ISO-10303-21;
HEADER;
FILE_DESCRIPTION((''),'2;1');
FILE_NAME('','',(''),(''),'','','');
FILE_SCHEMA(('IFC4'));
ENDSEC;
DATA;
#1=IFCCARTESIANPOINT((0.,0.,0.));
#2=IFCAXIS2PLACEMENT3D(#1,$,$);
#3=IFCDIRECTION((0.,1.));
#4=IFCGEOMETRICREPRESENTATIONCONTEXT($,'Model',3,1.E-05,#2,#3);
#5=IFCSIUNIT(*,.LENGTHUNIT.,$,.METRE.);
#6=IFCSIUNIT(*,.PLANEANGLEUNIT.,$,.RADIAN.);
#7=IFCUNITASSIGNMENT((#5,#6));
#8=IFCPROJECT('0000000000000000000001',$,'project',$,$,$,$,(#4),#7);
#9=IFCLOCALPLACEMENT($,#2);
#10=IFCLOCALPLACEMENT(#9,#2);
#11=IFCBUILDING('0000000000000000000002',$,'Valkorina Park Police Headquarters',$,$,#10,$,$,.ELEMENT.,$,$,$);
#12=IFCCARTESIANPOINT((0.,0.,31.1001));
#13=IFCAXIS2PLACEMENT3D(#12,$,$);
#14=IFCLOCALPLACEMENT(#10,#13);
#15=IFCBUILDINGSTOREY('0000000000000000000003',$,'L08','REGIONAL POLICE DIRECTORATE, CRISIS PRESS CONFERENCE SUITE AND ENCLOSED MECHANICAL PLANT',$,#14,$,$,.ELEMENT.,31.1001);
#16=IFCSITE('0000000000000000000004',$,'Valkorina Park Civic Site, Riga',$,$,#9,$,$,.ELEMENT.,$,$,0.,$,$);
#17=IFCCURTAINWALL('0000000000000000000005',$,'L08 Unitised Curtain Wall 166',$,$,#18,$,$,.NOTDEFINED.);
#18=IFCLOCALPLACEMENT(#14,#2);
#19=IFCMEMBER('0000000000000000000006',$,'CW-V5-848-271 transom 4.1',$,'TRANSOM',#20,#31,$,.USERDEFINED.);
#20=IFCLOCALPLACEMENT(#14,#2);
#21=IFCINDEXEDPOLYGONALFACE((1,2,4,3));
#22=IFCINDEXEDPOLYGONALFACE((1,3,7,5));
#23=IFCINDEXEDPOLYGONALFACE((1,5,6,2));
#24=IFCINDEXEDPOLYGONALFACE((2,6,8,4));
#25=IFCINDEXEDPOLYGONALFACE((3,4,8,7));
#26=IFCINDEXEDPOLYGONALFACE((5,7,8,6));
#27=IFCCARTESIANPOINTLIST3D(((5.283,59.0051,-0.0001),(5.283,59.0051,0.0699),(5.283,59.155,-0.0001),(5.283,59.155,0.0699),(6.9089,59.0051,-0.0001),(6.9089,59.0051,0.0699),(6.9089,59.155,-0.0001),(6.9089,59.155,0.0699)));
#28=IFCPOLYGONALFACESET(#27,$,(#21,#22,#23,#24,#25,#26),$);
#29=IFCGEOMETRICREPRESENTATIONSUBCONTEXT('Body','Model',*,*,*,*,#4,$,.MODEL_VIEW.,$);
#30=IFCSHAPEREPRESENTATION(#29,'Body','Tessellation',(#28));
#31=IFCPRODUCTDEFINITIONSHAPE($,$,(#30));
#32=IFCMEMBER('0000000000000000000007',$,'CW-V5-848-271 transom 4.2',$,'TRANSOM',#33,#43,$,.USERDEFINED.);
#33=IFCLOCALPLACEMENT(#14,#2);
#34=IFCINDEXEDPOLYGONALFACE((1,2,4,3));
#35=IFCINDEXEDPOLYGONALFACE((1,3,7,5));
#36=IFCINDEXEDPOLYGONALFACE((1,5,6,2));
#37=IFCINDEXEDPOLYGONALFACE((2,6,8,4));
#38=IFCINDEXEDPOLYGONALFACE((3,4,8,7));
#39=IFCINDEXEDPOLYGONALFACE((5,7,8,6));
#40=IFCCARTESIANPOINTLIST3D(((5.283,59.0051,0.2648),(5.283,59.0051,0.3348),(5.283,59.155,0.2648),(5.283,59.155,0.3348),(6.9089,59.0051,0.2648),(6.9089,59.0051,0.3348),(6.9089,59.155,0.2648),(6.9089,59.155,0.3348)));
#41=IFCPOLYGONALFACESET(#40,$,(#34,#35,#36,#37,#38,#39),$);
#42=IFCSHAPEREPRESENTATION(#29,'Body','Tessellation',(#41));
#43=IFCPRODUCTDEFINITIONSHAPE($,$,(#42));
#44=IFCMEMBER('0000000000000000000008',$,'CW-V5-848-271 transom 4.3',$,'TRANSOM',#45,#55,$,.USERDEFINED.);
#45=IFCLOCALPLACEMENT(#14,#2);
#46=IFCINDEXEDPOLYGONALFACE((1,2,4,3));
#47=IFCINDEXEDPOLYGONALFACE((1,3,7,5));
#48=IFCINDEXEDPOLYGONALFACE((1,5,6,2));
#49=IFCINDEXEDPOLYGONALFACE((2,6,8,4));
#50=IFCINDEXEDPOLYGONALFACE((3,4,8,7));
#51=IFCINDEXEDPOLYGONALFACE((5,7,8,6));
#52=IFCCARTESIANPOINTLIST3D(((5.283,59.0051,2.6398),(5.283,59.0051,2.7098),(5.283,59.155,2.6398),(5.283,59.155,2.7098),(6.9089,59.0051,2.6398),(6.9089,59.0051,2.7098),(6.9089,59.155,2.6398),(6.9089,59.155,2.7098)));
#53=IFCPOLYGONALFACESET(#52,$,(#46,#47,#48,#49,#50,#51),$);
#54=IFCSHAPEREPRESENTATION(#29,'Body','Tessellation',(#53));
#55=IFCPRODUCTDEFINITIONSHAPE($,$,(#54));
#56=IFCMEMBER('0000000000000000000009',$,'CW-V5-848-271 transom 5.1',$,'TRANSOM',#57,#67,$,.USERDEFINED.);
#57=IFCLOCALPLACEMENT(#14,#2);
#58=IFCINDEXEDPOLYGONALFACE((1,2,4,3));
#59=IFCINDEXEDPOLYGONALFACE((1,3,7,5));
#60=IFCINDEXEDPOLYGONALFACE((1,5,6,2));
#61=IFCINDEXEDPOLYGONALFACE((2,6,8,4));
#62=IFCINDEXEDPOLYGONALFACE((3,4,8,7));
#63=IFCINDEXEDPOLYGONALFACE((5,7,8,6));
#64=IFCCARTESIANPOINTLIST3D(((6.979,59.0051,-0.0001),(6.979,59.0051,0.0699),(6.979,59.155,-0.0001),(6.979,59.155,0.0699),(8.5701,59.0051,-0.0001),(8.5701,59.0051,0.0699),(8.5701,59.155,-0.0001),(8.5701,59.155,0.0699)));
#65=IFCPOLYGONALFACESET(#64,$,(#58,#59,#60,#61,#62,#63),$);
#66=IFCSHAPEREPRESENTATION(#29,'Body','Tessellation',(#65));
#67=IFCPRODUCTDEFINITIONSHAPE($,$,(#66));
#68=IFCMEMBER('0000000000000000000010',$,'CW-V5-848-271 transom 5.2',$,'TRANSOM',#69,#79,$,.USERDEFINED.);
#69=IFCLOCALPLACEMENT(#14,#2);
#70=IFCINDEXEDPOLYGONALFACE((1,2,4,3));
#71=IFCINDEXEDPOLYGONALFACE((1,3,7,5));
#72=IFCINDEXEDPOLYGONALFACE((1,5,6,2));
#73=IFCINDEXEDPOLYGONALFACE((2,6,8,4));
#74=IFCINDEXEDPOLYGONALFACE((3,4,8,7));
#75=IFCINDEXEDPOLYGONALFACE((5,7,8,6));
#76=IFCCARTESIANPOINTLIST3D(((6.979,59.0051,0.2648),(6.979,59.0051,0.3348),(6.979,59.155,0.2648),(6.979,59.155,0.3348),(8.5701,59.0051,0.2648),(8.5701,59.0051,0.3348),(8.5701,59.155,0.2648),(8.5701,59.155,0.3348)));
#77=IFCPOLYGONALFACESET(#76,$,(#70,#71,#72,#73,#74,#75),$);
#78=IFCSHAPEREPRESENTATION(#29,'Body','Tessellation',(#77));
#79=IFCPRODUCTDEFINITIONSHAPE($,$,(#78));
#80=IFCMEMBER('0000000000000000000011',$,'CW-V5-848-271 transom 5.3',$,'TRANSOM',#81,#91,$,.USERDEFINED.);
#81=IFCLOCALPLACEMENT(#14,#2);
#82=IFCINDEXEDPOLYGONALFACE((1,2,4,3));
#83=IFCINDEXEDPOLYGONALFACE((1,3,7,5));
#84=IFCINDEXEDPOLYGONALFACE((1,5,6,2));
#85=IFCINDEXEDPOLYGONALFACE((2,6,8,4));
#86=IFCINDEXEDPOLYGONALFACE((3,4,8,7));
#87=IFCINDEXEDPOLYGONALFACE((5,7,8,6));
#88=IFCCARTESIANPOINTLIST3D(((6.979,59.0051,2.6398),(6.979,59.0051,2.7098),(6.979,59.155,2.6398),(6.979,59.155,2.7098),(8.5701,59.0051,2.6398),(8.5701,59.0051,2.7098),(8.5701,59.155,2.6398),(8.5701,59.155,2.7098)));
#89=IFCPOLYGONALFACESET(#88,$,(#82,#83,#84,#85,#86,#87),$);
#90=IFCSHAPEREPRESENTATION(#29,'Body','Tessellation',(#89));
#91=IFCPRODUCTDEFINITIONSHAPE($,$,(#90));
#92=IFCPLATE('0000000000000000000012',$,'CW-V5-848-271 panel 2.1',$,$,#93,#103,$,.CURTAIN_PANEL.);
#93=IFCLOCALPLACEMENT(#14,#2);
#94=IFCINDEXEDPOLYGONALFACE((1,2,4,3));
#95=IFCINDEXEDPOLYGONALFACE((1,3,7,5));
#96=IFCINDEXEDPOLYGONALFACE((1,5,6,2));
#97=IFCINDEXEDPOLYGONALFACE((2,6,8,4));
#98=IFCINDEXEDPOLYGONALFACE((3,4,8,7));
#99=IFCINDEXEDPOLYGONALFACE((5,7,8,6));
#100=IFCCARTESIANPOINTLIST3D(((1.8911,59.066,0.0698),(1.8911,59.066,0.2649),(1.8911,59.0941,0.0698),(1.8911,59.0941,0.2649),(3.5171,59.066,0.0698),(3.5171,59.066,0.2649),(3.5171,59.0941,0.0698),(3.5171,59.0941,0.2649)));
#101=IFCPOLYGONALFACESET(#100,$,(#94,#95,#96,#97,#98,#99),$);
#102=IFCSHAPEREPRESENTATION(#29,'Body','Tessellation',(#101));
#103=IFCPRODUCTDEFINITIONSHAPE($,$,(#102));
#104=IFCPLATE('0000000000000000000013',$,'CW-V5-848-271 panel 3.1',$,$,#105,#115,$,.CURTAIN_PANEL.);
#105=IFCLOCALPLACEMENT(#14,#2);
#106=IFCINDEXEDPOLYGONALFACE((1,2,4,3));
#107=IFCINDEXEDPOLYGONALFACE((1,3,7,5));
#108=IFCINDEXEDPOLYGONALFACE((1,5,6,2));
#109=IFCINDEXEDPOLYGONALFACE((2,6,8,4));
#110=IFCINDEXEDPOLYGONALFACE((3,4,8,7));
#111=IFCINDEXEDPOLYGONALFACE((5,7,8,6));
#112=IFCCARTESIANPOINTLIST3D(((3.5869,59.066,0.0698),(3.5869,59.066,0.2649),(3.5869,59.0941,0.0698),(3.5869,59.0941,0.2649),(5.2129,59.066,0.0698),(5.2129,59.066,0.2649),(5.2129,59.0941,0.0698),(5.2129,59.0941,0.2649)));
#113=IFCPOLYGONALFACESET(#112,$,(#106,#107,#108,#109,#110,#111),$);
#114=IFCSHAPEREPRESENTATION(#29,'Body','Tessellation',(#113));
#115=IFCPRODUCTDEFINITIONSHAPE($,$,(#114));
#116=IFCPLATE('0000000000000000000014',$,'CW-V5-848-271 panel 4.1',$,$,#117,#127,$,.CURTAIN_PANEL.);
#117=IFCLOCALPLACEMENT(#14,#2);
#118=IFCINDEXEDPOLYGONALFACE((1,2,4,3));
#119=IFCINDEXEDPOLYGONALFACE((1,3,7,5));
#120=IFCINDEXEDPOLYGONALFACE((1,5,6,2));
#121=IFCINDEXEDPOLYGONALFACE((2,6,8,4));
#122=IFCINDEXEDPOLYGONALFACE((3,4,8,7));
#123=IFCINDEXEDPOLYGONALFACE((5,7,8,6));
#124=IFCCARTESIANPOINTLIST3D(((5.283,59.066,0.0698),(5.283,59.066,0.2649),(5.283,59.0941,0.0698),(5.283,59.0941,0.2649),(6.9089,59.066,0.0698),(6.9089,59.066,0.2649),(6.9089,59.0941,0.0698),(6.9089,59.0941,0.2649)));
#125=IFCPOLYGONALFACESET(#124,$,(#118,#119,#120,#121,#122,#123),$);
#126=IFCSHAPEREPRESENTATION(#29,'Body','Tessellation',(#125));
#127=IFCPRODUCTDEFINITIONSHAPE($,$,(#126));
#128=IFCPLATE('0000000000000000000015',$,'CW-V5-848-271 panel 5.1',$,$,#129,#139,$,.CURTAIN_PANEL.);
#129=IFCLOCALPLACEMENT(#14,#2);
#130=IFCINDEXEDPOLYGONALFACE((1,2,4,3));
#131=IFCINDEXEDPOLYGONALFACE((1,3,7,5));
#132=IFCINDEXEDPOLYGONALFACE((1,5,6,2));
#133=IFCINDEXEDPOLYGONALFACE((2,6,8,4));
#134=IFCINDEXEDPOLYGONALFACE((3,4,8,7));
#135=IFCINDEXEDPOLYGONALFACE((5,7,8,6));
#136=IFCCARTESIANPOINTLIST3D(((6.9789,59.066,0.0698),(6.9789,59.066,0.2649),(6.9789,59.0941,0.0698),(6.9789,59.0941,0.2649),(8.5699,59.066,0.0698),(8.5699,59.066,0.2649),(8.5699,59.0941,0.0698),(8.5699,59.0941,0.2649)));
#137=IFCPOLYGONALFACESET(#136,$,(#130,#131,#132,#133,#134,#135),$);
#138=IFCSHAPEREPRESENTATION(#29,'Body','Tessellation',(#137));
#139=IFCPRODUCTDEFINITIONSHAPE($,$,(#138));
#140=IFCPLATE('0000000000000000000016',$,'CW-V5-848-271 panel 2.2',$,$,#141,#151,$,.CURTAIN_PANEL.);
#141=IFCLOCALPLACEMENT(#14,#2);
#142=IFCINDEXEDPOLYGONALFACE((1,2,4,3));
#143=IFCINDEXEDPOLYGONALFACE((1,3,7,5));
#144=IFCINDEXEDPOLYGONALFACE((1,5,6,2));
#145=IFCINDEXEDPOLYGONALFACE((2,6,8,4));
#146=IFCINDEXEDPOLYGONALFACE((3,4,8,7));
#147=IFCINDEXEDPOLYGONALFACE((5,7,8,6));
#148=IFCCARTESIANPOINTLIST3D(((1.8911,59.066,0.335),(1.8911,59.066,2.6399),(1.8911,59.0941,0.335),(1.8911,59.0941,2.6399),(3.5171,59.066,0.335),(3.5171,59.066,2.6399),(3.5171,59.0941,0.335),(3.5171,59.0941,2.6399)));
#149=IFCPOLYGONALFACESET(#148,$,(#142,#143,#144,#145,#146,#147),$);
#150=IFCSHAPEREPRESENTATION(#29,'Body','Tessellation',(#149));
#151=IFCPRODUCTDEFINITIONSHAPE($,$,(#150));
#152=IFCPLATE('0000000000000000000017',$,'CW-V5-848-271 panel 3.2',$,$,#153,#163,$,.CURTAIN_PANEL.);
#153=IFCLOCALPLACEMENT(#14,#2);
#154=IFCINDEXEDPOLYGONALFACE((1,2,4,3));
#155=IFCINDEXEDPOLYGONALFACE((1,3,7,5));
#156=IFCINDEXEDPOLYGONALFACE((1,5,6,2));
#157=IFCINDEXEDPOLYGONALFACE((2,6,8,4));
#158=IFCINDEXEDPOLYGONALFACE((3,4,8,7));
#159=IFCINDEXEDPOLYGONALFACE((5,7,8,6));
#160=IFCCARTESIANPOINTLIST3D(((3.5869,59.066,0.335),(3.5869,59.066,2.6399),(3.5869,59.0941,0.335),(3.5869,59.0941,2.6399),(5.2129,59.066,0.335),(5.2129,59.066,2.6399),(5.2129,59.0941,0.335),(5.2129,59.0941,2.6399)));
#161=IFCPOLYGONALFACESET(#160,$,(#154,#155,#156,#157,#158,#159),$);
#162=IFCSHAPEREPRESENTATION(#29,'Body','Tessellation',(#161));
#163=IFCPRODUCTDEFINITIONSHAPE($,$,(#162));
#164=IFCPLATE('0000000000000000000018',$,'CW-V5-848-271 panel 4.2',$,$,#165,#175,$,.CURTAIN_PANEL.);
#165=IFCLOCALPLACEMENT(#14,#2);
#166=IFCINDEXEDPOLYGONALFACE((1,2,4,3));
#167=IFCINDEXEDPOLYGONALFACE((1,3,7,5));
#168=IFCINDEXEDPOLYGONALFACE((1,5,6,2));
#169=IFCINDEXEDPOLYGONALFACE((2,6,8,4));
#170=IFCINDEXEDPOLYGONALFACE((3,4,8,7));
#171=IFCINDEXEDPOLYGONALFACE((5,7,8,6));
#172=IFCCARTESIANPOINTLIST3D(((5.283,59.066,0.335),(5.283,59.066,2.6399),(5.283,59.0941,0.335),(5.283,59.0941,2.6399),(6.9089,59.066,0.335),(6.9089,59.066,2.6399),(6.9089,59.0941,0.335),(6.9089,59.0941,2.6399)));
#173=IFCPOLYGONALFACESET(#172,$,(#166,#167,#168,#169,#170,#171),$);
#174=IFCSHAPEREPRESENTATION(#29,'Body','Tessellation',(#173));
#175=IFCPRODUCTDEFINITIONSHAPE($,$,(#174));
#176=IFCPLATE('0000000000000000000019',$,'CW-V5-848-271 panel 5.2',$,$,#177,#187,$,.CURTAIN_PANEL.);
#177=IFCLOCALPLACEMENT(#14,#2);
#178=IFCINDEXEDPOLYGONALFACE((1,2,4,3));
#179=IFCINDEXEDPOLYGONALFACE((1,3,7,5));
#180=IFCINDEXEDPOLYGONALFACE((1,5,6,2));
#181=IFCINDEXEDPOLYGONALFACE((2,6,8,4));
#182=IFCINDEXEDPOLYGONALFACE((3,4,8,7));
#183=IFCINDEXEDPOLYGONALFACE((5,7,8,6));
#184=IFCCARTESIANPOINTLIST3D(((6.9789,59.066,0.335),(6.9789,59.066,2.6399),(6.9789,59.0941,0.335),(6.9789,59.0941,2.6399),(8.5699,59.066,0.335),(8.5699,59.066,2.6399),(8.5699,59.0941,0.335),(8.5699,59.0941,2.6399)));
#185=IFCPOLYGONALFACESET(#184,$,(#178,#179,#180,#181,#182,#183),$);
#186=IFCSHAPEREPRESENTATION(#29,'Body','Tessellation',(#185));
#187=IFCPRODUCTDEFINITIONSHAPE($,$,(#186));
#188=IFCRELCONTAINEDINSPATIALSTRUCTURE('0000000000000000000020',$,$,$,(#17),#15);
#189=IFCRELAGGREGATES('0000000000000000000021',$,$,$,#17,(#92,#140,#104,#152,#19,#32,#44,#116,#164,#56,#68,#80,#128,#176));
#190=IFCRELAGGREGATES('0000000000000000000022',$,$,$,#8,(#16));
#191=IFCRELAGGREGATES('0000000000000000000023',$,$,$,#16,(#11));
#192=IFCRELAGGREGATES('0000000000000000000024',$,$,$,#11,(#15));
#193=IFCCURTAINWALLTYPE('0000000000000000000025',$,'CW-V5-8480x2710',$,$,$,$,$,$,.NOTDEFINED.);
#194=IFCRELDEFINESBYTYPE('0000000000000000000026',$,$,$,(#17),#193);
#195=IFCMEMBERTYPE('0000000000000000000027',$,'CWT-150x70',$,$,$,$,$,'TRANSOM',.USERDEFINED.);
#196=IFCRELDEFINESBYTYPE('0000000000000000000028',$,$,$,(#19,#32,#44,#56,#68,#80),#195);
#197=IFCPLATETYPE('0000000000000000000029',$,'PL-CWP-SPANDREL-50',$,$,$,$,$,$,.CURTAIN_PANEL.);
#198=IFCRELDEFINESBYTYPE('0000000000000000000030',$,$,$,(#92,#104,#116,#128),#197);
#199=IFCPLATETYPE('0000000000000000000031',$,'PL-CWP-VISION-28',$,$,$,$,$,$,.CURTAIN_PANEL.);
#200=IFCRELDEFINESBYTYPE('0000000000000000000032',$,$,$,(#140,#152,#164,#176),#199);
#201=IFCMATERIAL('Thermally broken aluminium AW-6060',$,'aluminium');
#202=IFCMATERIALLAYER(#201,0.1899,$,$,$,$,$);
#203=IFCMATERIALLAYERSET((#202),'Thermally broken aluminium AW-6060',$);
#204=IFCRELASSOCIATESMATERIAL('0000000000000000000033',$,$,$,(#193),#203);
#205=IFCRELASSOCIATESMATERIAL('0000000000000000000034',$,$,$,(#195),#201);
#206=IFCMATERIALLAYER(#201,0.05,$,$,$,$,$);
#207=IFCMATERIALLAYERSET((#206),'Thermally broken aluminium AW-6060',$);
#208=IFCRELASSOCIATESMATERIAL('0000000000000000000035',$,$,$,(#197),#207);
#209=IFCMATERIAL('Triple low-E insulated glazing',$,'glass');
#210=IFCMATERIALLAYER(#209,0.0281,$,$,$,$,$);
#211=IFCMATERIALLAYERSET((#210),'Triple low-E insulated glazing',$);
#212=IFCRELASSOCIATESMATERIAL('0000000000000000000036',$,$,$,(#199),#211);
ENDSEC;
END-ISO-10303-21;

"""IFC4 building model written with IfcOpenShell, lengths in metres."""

from ifc_helpers import new_model, si_unit, direction, frame, origin, origin_2d, place, context, subcontext, project, spatial, rectangle, extrude, material, layer, layer_set, material_profile, profile_set, type_object, element, aggregate, save


model = new_model("IFC4")

# Units and contexts
model_context = context("Model", 3, precision=1e-05, world=origin(), true_north=direction((0.0, 1.0)))
body_context = subcontext(model_context, "Body", "Model", "MODEL_VIEW")
ifc_project = project(units=[si_unit("LENGTHUNIT", "METRE"), si_unit("PLANEANGLEUNIT", "RADIAN")], contexts=[model_context])

# Site, building, storey
site_placement = place(None, origin())
site = spatial("IfcSite", under=ifc_project, at=site_placement, Name="Valkorina Park Civic Site, Riga", CompositionType="ELEMENT", RefElevation=0.0)
building_placement = place(site_placement, origin())
building = spatial("IfcBuilding", under=site, at=building_placement, Name="Valkorina Park Police Headquarters", CompositionType="ELEMENT")
storey_placement = place(building_placement, frame((0.0, 0.0, 31.1001)))
storey = spatial("IfcBuildingStorey", under=building, at=storey_placement, Name="L08", Description="REGIONAL POLICE DIRECTORATE, CRISIS PRESS CONFERENCE SUITE AND ENCLOSED MECHANICAL PLANT", CompositionType="ELEMENT", Elevation=31.1001)

# Curtain wall, members, plates
ifc_material_1 = material(Name="Thermally broken aluminium AW-6060", Category="aluminium")
ifc_layer_1 = layer(ifc_material_1, 0.1899)
ifc_layer_set_1 = layer_set([ifc_layer_1], Name="Thermally broken aluminium AW-6060")
curtain_wall_type = type_object("IfcCurtainWallType", Name="CW-V5-8480x2710", PredefinedType="NOTDEFINED", material=ifc_layer_set_1)
curtain_wall_placement = place(storey_placement, origin())
curtain_wall = element("IfcCurtainWall", 1, at=curtain_wall_placement, inside=storey, type_object=curtain_wall_type, Name="L08 Unitised Curtain Wall 166", PredefinedType="NOTDEFINED")
ifc_material_profile_1 = material_profile(ifc_material_1, rectangle(XDim=0.1499, YDim=0.0701, at=origin_2d()), Name="CWT-02 150x70")
ifc_profile_set_1 = profile_set([ifc_material_profile_1], Name="Thermally broken aluminium AW-6060")
member_type_1 = type_object("IfcMemberType", Name="CWT-150x70", ElementType="TRANSOM", PredefinedType="USERDEFINED", material=ifc_profile_set_1)
member_1_placement = place(storey_placement, frame((5.283, 59.0801, 0.0349), z_axis=(1.0, 0.0, 0.0), x_axis=(0.0, 1.0, 0.0)))
member_1 = element("IfcMember", 2, at=member_1_placement, type_object=member_type_1, Name="CW-V5-848-271 transom 4.1", ObjectType="TRANSOM", PredefinedType="USERDEFINED", context=body_context, shape_type="SweptSolid", body=[
    extrude(rectangle(XDim=0.1499, YDim=0.0701, at=origin_2d()), origin(), (0.0, 0.0, 1.0), 1.626),
])
member_2_placement = place(storey_placement, frame((5.283, 59.0801, 0.2998), z_axis=(1.0, 0.0, 0.0), x_axis=(0.0, 1.0, 0.0)))
member_2 = element("IfcMember", 3, at=member_2_placement, type_object=member_type_1, Name="CW-V5-848-271 transom 4.2", ObjectType="TRANSOM", PredefinedType="USERDEFINED", context=body_context, shape_type="SweptSolid", body=[
    extrude(rectangle(XDim=0.1499, YDim=0.0701, at=origin_2d()), origin(), (0.0, 0.0, 1.0), 1.626),
])
member_3_placement = place(storey_placement, frame((5.283, 59.0801, 2.6748), z_axis=(1.0, 0.0, 0.0), x_axis=(0.0, 1.0, 0.0)))
member_3 = element("IfcMember", 4, at=member_3_placement, type_object=member_type_1, Name="CW-V5-848-271 transom 4.3", ObjectType="TRANSOM", PredefinedType="USERDEFINED", context=body_context, shape_type="SweptSolid", body=[
    extrude(rectangle(XDim=0.1499, YDim=0.0701, at=origin_2d()), origin(), (0.0, 0.0, 1.0), 1.626),
])
member_4_placement = place(storey_placement, frame((6.979, 59.0801, 0.0349), z_axis=(1.0, 0.0, 0.0), x_axis=(0.0, 1.0, 0.0)))
member_4 = element("IfcMember", 5, at=member_4_placement, type_object=member_type_1, Name="CW-V5-848-271 transom 5.1", ObjectType="TRANSOM", PredefinedType="USERDEFINED", context=body_context, shape_type="SweptSolid", body=[
    extrude(rectangle(XDim=0.1499, YDim=0.0701, at=origin_2d()), origin(), (0.0, 0.0, 1.0), 1.5911),
])
member_5_placement = place(storey_placement, frame((6.979, 59.0801, 0.2998), z_axis=(1.0, 0.0, 0.0), x_axis=(0.0, 1.0, 0.0)))
member_5 = element("IfcMember", 6, at=member_5_placement, type_object=member_type_1, Name="CW-V5-848-271 transom 5.2", ObjectType="TRANSOM", PredefinedType="USERDEFINED", context=body_context, shape_type="SweptSolid", body=[
    extrude(rectangle(XDim=0.1499, YDim=0.0701, at=origin_2d()), origin(), (0.0, 0.0, 1.0), 1.5911),
])
member_6_placement = place(storey_placement, frame((6.979, 59.0801, 2.6748), z_axis=(1.0, 0.0, 0.0), x_axis=(0.0, 1.0, 0.0)))
member_6 = element("IfcMember", 7, at=member_6_placement, type_object=member_type_1, Name="CW-V5-848-271 transom 5.3", ObjectType="TRANSOM", PredefinedType="USERDEFINED", context=body_context, shape_type="SweptSolid", body=[
    extrude(rectangle(XDim=0.1499, YDim=0.0701, at=origin_2d()), origin(), (0.0, 0.0, 1.0), 1.5911),
])
ifc_layer_2 = layer(ifc_material_1, 0.05)
ifc_layer_set_2 = layer_set([ifc_layer_2], Name="Thermally broken aluminium AW-6060")
plate_type_1 = type_object("IfcPlateType", Name="PL-CWP-SPANDREL-50", PredefinedType="CURTAIN_PANEL", material=ifc_layer_set_2)
plate_1_placement = place(storey_placement, frame((2.7041, 59.0801, 0.0698), z_axis=(0.0, 0.0, 1.0), x_axis=(1.0, 0.0, 0.0)))
plate_1 = element("IfcPlate", 8, at=plate_1_placement, type_object=plate_type_1, Name="CW-V5-848-271 panel 2.1", PredefinedType="CURTAIN_PANEL", context=body_context, shape_type="SweptSolid", body=[
    extrude(rectangle(XDim=1.626, YDim=0.0281, at=origin_2d()), origin(), (0.0, 0.0, 1.0), 0.1951),
])
plate_2_placement = place(storey_placement, frame((4.3999, 59.0801, 0.0698), z_axis=(0.0, 0.0, 1.0), x_axis=(1.0, 0.0, 0.0)))
plate_2 = element("IfcPlate", 9, at=plate_2_placement, type_object=plate_type_1, Name="CW-V5-848-271 panel 3.1", PredefinedType="CURTAIN_PANEL", context=body_context, shape_type="SweptSolid", body=[
    extrude(rectangle(XDim=1.626, YDim=0.0281, at=origin_2d()), origin(), (0.0, 0.0, 1.0), 0.1951),
])
plate_3_placement = place(storey_placement, frame((6.0959, 59.0801, 0.0698), z_axis=(0.0, 0.0, 1.0), x_axis=(1.0, 0.0, 0.0)))
plate_3 = element("IfcPlate", 10, at=plate_3_placement, type_object=plate_type_1, Name="CW-V5-848-271 panel 4.1", PredefinedType="CURTAIN_PANEL", context=body_context, shape_type="SweptSolid", body=[
    extrude(rectangle(XDim=1.626, YDim=0.0281, at=origin_2d()), origin(), (0.0, 0.0, 1.0), 0.1951),
])
plate_4_placement = place(storey_placement, frame((7.7744, 59.0801, 0.0698), z_axis=(0.0, 0.0, 1.0), x_axis=(1.0, 0.0, 0.0)))
plate_4 = element("IfcPlate", 11, at=plate_4_placement, type_object=plate_type_1, Name="CW-V5-848-271 panel 5.1", PredefinedType="CURTAIN_PANEL", context=body_context, shape_type="SweptSolid", body=[
    extrude(rectangle(XDim=1.5911, YDim=0.0281, at=origin_2d()), origin(), (0.0, 0.0, 1.0), 0.1951),
])
ifc_material_2 = material(Name="Triple low-E insulated glazing", Category="glass")
ifc_layer_3 = layer(ifc_material_2, 0.0281)
ifc_layer_set_3 = layer_set([ifc_layer_3], Name="Triple low-E insulated glazing")
plate_type_2 = type_object("IfcPlateType", Name="PL-CWP-VISION-28", PredefinedType="CURTAIN_PANEL", material=ifc_layer_set_3)
plate_5_placement = place(storey_placement, frame((2.7041, 59.0801, 0.335), z_axis=(0.0, 0.0, 1.0), x_axis=(1.0, 0.0, 0.0)))
plate_5 = element("IfcPlate", 12, at=plate_5_placement, type_object=plate_type_2, Name="CW-V5-848-271 panel 2.2", PredefinedType="CURTAIN_PANEL", context=body_context, shape_type="SweptSolid", body=[
    extrude(rectangle(XDim=1.626, YDim=0.0281, at=origin_2d()), origin(), (0.0, 0.0, 1.0), 2.3049),
])
plate_6_placement = place(storey_placement, frame((4.3999, 59.0801, 0.335), z_axis=(0.0, 0.0, 1.0), x_axis=(1.0, 0.0, 0.0)))
plate_6 = element("IfcPlate", 13, at=plate_6_placement, type_object=plate_type_2, Name="CW-V5-848-271 panel 3.2", PredefinedType="CURTAIN_PANEL", context=body_context, shape_type="SweptSolid", body=[
    extrude(rectangle(XDim=1.626, YDim=0.0281, at=origin_2d()), origin(), (0.0, 0.0, 1.0), 2.3049),
])
plate_7_placement = place(storey_placement, frame((6.0959, 59.0801, 0.335), z_axis=(0.0, 0.0, 1.0), x_axis=(1.0, 0.0, 0.0)))
plate_7 = element("IfcPlate", 14, at=plate_7_placement, type_object=plate_type_2, Name="CW-V5-848-271 panel 4.2", PredefinedType="CURTAIN_PANEL", context=body_context, shape_type="SweptSolid", body=[
    extrude(rectangle(XDim=1.626, YDim=0.0281, at=origin_2d()), origin(), (0.0, 0.0, 1.0), 2.3049),
])
plate_8_placement = place(storey_placement, frame((7.7744, 59.0801, 0.335), z_axis=(0.0, 0.0, 1.0), x_axis=(1.0, 0.0, 0.0)))
plate_8 = element("IfcPlate", 15, at=plate_8_placement, type_object=plate_type_2, Name="CW-V5-848-271 panel 5.2", PredefinedType="CURTAIN_PANEL", context=body_context, shape_type="SweptSolid", body=[
    extrude(rectangle(XDim=1.5911, YDim=0.0281, at=origin_2d()), origin(), (0.0, 0.0, 1.0), 2.3049),
])
aggregate(curtain_wall, [plate_1, plate_5, plate_2, plate_6, member_1, member_2, member_3, plate_3, plate_7, member_4, member_5, member_6, plate_4, plate_8])

save(model, "model.ifc")
